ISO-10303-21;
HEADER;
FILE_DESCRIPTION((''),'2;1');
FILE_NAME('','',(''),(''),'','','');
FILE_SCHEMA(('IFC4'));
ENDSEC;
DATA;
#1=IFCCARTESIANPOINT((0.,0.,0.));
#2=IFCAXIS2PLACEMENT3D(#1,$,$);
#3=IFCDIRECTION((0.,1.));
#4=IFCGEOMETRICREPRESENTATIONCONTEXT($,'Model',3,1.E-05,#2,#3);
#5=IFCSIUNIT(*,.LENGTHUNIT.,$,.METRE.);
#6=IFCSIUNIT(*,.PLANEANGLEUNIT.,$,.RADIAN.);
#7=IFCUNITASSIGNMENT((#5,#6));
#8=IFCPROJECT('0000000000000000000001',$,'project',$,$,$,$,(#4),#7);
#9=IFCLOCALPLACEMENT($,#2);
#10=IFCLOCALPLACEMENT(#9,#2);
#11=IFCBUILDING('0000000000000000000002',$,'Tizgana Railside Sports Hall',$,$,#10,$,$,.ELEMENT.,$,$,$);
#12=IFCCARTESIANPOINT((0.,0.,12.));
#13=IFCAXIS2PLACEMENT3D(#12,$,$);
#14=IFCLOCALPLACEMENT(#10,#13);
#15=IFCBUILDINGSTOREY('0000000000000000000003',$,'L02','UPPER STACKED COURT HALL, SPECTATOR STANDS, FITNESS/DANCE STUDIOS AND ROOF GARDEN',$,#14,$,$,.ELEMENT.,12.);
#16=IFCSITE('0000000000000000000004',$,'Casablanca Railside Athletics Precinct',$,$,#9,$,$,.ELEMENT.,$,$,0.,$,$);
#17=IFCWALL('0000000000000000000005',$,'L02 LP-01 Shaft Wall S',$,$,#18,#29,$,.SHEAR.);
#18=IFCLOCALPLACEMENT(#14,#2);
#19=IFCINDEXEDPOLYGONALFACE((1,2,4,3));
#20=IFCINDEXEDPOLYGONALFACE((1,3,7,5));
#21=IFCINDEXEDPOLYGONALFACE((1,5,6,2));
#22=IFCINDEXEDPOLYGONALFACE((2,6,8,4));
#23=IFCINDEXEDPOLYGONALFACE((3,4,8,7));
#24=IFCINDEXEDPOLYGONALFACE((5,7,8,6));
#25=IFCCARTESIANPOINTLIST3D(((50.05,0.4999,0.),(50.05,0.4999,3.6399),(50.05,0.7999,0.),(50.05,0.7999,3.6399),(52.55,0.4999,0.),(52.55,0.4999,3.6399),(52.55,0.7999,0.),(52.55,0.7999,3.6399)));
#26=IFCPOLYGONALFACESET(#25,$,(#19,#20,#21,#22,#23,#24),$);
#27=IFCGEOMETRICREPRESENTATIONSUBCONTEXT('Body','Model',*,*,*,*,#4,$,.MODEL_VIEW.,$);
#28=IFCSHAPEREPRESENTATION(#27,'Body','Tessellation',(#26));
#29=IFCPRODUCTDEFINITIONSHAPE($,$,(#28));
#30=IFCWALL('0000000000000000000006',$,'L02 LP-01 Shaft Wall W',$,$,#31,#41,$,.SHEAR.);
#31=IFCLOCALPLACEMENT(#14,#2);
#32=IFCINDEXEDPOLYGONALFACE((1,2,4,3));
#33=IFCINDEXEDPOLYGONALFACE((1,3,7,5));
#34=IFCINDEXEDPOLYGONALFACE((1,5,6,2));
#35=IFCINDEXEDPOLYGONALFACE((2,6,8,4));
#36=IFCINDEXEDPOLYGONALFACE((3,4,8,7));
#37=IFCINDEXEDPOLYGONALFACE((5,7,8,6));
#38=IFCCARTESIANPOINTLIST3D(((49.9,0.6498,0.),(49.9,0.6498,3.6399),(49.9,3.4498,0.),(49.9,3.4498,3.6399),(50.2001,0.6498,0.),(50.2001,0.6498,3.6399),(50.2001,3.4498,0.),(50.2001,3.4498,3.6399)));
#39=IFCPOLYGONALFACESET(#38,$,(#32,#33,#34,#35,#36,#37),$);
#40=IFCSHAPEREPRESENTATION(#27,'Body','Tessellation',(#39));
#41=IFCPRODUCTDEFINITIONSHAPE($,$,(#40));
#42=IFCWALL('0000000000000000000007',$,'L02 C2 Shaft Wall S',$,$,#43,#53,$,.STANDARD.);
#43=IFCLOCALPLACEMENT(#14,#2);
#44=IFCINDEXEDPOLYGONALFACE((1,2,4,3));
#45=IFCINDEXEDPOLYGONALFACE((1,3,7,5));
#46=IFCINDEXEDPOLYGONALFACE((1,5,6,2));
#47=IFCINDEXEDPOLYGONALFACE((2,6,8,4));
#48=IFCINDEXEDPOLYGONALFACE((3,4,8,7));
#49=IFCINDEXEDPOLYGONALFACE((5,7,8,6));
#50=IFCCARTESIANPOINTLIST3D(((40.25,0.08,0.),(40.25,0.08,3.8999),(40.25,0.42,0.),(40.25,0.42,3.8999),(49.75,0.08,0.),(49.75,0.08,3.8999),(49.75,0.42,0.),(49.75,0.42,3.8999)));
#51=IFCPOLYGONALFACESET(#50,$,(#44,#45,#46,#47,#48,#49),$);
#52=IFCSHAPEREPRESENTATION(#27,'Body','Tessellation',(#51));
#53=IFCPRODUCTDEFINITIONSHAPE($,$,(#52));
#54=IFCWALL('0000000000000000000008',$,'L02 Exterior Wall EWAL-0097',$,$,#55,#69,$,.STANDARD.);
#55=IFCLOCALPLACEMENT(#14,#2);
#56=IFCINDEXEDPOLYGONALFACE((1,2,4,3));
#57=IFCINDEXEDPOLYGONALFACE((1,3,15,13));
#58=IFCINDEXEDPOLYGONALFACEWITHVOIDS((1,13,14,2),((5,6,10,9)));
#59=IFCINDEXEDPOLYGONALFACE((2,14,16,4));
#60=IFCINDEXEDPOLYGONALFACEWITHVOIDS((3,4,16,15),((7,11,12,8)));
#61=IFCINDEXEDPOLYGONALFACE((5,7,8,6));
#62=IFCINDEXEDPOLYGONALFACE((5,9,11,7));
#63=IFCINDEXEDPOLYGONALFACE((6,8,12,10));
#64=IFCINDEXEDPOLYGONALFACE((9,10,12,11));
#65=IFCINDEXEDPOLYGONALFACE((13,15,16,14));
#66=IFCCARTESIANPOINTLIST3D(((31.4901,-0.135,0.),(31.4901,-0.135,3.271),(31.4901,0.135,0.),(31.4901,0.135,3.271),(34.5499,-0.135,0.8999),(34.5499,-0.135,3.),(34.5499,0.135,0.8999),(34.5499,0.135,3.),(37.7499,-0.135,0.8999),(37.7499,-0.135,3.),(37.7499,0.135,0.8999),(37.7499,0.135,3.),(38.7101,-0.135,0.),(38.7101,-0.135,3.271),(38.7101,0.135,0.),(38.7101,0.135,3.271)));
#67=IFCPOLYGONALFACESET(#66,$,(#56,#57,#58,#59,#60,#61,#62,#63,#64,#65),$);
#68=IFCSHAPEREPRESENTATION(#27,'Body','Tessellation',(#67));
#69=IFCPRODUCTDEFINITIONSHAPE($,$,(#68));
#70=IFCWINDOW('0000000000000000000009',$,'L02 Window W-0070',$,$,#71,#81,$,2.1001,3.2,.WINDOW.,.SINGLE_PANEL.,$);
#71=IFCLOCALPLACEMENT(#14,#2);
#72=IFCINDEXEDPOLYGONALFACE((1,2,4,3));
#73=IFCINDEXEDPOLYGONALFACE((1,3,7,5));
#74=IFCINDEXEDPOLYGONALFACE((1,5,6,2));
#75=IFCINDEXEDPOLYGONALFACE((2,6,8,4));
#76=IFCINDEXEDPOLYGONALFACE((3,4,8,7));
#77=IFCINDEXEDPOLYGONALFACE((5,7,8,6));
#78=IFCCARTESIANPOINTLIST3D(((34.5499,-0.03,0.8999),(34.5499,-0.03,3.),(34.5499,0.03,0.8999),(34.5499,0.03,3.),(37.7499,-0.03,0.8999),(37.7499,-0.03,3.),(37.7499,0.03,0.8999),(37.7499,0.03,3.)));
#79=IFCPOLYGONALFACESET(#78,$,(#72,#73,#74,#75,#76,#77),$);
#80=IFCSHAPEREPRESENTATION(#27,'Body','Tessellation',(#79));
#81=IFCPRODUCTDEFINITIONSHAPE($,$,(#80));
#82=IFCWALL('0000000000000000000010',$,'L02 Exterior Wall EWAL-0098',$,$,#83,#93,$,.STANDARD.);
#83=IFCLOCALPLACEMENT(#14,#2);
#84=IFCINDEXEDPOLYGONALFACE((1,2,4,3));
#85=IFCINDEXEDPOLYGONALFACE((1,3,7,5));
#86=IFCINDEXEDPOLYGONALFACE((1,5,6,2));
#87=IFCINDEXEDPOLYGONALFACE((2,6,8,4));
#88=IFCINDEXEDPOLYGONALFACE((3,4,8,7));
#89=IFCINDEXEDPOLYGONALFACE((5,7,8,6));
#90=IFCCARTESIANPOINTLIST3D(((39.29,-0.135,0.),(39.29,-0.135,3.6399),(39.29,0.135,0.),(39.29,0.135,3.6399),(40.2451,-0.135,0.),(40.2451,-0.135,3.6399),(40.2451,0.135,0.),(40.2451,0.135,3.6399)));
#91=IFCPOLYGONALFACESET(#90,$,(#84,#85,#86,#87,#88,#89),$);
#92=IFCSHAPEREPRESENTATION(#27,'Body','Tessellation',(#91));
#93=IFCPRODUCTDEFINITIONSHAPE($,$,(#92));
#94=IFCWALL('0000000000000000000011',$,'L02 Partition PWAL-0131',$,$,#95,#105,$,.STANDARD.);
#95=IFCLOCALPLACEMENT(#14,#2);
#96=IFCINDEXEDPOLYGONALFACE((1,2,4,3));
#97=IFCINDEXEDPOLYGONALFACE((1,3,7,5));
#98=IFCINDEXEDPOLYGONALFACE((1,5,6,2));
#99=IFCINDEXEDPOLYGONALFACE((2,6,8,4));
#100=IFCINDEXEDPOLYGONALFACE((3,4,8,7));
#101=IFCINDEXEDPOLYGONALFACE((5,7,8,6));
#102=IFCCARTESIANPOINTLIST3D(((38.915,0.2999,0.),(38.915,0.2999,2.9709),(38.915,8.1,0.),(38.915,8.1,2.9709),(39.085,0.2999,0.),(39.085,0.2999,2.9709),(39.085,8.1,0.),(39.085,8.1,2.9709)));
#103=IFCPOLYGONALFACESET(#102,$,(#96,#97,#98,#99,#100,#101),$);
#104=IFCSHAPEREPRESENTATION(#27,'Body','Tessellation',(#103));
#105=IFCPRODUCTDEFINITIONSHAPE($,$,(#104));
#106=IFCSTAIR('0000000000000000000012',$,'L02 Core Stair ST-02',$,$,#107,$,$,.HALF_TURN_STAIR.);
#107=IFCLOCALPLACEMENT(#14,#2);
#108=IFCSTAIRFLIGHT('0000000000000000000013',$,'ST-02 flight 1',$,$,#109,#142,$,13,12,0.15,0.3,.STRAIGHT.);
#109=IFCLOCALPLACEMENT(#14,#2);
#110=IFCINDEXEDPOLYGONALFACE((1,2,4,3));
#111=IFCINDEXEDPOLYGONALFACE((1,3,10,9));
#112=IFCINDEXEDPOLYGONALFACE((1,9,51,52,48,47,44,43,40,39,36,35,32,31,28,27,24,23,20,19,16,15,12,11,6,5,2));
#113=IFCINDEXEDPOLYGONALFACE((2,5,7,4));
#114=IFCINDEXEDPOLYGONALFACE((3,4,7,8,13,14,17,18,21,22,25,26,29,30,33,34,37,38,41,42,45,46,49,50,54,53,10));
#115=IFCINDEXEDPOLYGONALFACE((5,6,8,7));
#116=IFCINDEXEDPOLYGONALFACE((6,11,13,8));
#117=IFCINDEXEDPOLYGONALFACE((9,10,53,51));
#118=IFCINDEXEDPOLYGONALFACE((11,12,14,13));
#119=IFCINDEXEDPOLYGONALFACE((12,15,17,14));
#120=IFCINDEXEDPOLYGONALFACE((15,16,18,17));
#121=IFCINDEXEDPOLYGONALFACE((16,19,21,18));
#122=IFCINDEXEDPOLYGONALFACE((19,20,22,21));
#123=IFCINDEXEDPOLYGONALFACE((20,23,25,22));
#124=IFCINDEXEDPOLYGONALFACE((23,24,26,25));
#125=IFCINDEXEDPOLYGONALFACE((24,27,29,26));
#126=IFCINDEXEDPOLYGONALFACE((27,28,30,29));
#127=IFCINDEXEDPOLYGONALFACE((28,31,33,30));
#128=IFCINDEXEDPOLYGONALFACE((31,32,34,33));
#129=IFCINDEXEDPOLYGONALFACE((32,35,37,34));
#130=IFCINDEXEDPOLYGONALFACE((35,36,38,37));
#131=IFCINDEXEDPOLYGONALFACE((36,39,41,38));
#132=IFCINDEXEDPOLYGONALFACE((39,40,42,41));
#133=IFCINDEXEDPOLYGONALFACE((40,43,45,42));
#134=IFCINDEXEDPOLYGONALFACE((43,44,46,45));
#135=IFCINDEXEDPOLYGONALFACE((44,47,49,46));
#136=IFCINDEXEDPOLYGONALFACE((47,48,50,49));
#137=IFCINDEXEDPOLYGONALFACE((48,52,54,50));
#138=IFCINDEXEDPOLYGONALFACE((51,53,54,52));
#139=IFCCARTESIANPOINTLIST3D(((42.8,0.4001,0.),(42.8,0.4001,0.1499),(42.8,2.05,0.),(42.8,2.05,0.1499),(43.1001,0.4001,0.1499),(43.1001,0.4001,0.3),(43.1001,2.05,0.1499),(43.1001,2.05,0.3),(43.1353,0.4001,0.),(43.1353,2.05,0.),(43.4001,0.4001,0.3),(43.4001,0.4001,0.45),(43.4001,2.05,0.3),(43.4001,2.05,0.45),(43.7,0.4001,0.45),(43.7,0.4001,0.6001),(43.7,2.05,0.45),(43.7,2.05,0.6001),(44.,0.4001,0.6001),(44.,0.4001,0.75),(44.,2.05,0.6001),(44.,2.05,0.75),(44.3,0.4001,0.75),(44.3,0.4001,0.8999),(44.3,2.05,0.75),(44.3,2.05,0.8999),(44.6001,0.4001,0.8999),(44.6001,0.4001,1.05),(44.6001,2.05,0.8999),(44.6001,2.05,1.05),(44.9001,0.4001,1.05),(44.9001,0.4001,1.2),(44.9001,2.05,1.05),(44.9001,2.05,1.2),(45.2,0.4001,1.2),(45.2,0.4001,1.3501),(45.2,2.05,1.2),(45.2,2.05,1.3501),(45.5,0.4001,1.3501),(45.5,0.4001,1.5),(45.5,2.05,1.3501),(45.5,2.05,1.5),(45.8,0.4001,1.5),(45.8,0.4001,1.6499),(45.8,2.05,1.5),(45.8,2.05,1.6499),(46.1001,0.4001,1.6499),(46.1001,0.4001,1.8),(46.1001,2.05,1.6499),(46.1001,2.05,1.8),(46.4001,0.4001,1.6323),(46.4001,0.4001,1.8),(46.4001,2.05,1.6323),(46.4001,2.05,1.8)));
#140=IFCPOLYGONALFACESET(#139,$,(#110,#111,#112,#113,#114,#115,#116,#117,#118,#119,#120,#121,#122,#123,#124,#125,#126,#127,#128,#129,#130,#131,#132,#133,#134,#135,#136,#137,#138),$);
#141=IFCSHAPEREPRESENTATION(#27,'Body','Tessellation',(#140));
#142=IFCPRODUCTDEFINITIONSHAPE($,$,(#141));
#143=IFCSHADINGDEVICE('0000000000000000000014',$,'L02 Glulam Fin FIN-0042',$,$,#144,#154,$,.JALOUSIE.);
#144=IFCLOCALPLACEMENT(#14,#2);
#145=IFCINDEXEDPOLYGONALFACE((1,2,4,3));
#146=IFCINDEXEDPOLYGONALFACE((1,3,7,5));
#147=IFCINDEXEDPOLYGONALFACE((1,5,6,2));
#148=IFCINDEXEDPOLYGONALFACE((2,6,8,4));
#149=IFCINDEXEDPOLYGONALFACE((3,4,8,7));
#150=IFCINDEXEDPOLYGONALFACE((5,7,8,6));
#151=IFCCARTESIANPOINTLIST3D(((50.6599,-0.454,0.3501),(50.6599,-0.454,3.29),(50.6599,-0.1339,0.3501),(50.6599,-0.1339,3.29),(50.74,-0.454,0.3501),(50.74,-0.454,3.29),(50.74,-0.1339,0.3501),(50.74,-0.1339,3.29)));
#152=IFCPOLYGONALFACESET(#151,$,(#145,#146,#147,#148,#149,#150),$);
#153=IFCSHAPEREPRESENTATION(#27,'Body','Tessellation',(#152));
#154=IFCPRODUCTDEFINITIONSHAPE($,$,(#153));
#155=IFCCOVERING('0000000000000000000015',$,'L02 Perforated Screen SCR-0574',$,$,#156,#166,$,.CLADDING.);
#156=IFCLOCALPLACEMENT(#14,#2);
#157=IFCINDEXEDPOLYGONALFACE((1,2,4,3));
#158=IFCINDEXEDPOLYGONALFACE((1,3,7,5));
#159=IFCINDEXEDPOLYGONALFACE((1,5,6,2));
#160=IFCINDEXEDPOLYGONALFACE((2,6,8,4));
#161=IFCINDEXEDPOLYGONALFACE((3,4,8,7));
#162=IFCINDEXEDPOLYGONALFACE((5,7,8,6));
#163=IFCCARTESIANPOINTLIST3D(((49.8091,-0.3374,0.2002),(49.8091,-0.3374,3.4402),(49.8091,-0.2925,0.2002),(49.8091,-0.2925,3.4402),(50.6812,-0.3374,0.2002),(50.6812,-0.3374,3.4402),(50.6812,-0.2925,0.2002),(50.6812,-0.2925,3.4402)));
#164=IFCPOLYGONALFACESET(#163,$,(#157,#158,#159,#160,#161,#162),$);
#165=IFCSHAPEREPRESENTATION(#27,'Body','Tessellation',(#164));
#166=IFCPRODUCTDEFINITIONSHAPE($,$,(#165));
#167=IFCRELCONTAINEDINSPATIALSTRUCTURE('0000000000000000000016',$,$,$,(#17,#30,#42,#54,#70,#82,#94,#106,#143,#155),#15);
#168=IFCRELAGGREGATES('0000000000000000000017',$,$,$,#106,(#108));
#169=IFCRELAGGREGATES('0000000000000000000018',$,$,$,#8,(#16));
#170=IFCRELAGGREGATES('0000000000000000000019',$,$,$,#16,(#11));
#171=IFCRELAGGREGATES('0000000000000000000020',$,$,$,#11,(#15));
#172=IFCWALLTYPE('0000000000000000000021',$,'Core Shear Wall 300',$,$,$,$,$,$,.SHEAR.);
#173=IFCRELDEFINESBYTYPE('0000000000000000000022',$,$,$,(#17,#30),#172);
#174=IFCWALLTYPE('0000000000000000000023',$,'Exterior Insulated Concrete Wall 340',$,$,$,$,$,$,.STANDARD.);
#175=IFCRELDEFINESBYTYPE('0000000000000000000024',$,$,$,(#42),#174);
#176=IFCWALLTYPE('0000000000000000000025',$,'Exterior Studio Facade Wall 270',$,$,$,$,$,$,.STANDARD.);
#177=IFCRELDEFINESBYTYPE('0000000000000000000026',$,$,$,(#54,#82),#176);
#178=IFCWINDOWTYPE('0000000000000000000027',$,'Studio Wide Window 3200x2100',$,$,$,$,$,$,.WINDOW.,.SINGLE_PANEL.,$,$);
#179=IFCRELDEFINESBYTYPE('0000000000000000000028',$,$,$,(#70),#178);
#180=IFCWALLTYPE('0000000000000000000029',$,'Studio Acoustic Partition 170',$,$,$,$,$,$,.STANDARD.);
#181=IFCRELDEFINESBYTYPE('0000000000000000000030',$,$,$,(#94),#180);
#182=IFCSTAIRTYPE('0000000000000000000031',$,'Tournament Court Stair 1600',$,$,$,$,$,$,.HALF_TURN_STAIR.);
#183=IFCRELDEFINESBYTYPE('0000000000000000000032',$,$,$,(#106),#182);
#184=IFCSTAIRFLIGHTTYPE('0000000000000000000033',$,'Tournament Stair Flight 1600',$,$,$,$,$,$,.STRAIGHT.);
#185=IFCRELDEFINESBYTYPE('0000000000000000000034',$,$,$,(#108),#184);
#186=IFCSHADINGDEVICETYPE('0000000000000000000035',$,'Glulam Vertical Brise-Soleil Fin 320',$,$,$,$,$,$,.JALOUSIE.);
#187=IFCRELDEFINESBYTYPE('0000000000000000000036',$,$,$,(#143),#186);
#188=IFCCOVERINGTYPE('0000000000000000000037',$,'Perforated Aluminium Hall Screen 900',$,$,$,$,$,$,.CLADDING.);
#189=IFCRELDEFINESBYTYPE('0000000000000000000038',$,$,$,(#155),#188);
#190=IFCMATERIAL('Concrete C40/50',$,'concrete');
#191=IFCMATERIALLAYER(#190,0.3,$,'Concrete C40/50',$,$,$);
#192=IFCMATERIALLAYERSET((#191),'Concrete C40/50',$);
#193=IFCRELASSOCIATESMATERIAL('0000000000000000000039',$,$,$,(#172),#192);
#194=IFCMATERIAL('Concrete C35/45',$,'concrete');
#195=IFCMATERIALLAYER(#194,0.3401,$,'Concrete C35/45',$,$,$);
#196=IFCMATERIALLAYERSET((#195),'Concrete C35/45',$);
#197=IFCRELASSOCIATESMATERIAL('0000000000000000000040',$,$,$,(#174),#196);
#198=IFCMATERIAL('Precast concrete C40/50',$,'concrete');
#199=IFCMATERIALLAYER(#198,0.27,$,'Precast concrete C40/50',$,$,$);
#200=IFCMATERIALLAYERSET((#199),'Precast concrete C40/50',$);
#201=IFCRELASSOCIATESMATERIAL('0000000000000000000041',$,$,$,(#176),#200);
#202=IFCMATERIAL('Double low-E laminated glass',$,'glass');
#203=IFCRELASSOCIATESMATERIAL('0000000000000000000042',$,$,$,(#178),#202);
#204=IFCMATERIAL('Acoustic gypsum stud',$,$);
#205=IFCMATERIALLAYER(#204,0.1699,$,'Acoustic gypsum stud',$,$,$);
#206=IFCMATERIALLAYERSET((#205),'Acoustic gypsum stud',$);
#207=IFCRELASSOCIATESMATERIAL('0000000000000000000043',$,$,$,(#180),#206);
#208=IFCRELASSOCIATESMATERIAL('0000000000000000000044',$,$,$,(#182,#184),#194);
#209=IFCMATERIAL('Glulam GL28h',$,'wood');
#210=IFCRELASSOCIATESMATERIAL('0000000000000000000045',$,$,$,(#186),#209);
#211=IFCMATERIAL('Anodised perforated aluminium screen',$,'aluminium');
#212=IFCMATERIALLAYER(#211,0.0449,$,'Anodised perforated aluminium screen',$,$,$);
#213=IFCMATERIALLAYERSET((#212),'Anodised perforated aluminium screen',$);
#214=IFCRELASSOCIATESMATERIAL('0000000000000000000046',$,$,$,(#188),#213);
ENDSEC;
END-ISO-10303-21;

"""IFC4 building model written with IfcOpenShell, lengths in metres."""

from ifc_helpers import new_model, si_unit, direction, frame, frame_2d, origin, origin_2d, place, context, subcontext, project, spatial, polyline, rectangle, outline, extrude, material, layer, layer_set, type_object, element, fill, aggregate, save


model = new_model("IFC4")

# Units and contexts
model_context = context("Model", 3, precision=1e-05, world=origin(), true_north=direction((0.0, 1.0)))
body_context = subcontext(model_context, "Body", "Model", "MODEL_VIEW")
ifc_project = project(units=[si_unit("LENGTHUNIT", "METRE"), si_unit("PLANEANGLEUNIT", "RADIAN")], contexts=[model_context])

# Site, building, storey
site_placement = place(None, origin())
site = spatial("IfcSite", under=ifc_project, at=site_placement, Name="Casablanca Railside Athletics Precinct", CompositionType="ELEMENT", RefElevation=0.0)
building_placement = place(site_placement, origin())
building = spatial("IfcBuilding", under=site, at=building_placement, Name="Tizgana Railside Sports Hall", CompositionType="ELEMENT")
storey_placement = place(building_placement, frame((0.0, 0.0, 12.0)))
storey = spatial("IfcBuildingStorey", under=building, at=storey_placement, Name="L02", Description="UPPER STACKED COURT HALL, SPECTATOR STANDS, FITNESS/DANCE STUDIOS AND ROOF GARDEN", CompositionType="ELEMENT", Elevation=12.0)

# Shared definitions
ifc_material_1 = material(Name="Concrete C40/50", Category="concrete")

# Shared definitions
ifc_material_2 = material(Name="Concrete C35/45", Category="concrete")

# Shared definitions
ifc_layer_1 = layer(ifc_material_1, 0.3, Name="Concrete C40/50")
ifc_layer_set_1 = layer_set([ifc_layer_1], Name="Concrete C40/50")
wall_type_1 = type_object("IfcWallType", Name="Core Shear Wall 300", PredefinedType="SHEAR", material=ifc_layer_set_1)

# Walls
wall_1_placement = place(storey_placement, frame((50.05, 0.6499, 0.0), z_axis=(0.0, 0.0, 1.0), x_axis=(1.0, 0.0, 0.0)))
element("IfcWall", 1, at=wall_1_placement, inside=storey, type_object=wall_type_1, Name="L02 LP-01 Shaft Wall S", PredefinedType="SHEAR", context=body_context, shape_type="SweptSolid", body=[
    extrude(rectangle(XDim=2.5, YDim=0.3, at=frame_2d((1.25, 0.0))), origin(), (0.0, 0.0, 1.0), 3.6399),
])
wall_2_placement = place(storey_placement, frame((50.05, 0.6499, 0.0), z_axis=(0.0, 0.0, 1.0), x_axis=(0.0, 1.0, 0.0)))
element("IfcWall", 2, at=wall_2_placement, inside=storey, type_object=wall_type_1, Name="L02 LP-01 Shaft Wall W", PredefinedType="SHEAR", context=body_context, shape_type="SweptSolid", body=[
    extrude(rectangle(XDim=2.8, YDim=0.3, at=frame_2d((1.3999, 0.0))), origin(), (0.0, 0.0, 1.0), 3.6399),
])
ifc_layer_2 = layer(ifc_material_2, 0.3401, Name="Concrete C35/45")
ifc_layer_set_2 = layer_set([ifc_layer_2], Name="Concrete C35/45")
wall_type_2 = type_object("IfcWallType", Name="Exterior Insulated Concrete Wall 340", PredefinedType="STANDARD", material=ifc_layer_set_2)
wall_3_placement = place(storey_placement, frame((49.75, 0.25, 0.0), z_axis=(0.0, 0.0, 1.0), x_axis=(-1.0, 0.0, 0.0)))
element("IfcWall", 3, at=wall_3_placement, inside=storey, type_object=wall_type_2, Name="L02 C2 Shaft Wall S", PredefinedType="STANDARD", context=body_context, shape_type="SweptSolid", body=[
    extrude(rectangle(XDim=9.5, YDim=0.3401, at=frame_2d((4.75, 0.0))), origin(), (0.0, 0.0, 1.0), 3.8999),
])

# Wall, opening, window
ifc_material_3 = material(Name="Precast concrete C40/50", Category="concrete")
ifc_layer_3 = layer(ifc_material_3, 0.27, Name="Precast concrete C40/50")
ifc_layer_set_3 = layer_set([ifc_layer_3], Name="Precast concrete C40/50")
wall_type_3 = type_object("IfcWallType", Name="Exterior Studio Facade Wall 270", PredefinedType="STANDARD", material=ifc_layer_set_3)
wall_4_placement = place(storey_placement, frame((38.71, 0.0, 0.0), z_axis=(0.0, 0.0, 1.0), x_axis=(-1.0, 0.0, 0.0)))
wall_4 = element("IfcWall", 4, at=wall_4_placement, inside=storey, type_object=wall_type_3, Name="L02 Exterior Wall EWAL-0097", PredefinedType="STANDARD", context=body_context, shape_type="SweptSolid", body=[
    extrude(rectangle(XDim=7.22, YDim=0.27, at=frame_2d((3.6099, 0.0))), origin(), (0.0, 0.0, 1.0), 3.271),
])
opening_1_placement = place(wall_4_placement, frame((0.96, 0.0, 0.8999)))
opening_1 = element("IfcOpeningElement", 5, at=opening_1_placement, cuts=wall_4, PredefinedType="OPENING", context=body_context, shape_type="SweptSolid", body=[
    extrude(rectangle(XDim=3.2, YDim=2.1001, at=frame_2d((1.6001, 1.05))), frame((0.0, 0.145, 0.0), z_axis=(0.0, -1.0, 0.0), x_axis=(1.0, 0.0, 0.0)), (0.0, 0.0, 1.0), 0.29),
])
ifc_material_4 = material(Name="Double low-E laminated glass", Category="glass")
window_type = type_object("IfcWindowType", Name="Studio Wide Window 3200x2100", PartitioningType="SINGLE_PANEL", PredefinedType="WINDOW", material=ifc_material_4)
window_placement = place(opening_1_placement, origin())
window = element("IfcWindow", 6, at=window_placement, inside=storey, type_object=window_type, Name="L02 Window W-0070", OverallHeight=2.1001, OverallWidth=3.2, PartitioningType="SINGLE_PANEL", PredefinedType="WINDOW", context=body_context, shape_type="SweptSolid", body=[
    extrude(rectangle(XDim=3.2, YDim=2.1001, at=frame_2d((1.6001, 1.05))), frame((0.0, 0.03, 0.0), z_axis=(0.0, -1.0, 0.0), x_axis=(1.0, 0.0, 0.0)), (0.0, 0.0, 1.0), 0.0601),
])
fill(opening_1, window)

# Walls
wall_5_placement = place(storey_placement, frame((40.2451, 0.0, 0.0), z_axis=(0.0, 0.0, 1.0), x_axis=(-1.0, 0.0, 0.0)))
element("IfcWall", 7, at=wall_5_placement, inside=storey, type_object=wall_type_3, Name="L02 Exterior Wall EWAL-0098", PredefinedType="STANDARD", context=body_context, shape_type="SweptSolid", body=[
    extrude(rectangle(XDim=0.9551, YDim=0.27, at=frame_2d((0.4775, 0.0))), origin(), (0.0, 0.0, 1.0), 3.6399),
])
ifc_material_5 = material(Name="Acoustic gypsum stud")
ifc_layer_4 = layer(ifc_material_5, 0.1699, Name="Acoustic gypsum stud")
ifc_layer_set_4 = layer_set([ifc_layer_4], Name="Acoustic gypsum stud")
wall_type_4 = type_object("IfcWallType", Name="Studio Acoustic Partition 170", PredefinedType="STANDARD", material=ifc_layer_set_4)
wall_6_placement = place(storey_placement, frame((39.0, 0.3, 0.0), z_axis=(0.0, 0.0, 1.0), x_axis=(0.0, 1.0, 0.0)))
element("IfcWall", 8, at=wall_6_placement, inside=storey, type_object=wall_type_4, Name="L02 Partition PWAL-0131", PredefinedType="STANDARD", context=body_context, shape_type="SweptSolid", body=[
    extrude(rectangle(XDim=7.8, YDim=0.1699, at=frame_2d((3.8999, 0.0))), origin(), (0.0, 0.0, 1.0), 2.9709),
])

# Stair, stair flight
stair_type = type_object("IfcStairType", Name="Tournament Court Stair 1600", PredefinedType="HALF_TURN_STAIR", material=ifc_material_2)
stair_placement = place(storey_placement, origin())
stair = element("IfcStair", 9, at=stair_placement, inside=storey, type_object=stair_type, Name="L02 Core Stair ST-02", PredefinedType="HALF_TURN_STAIR")
stair_flight_type = type_object("IfcStairFlightType", Name="Tournament Stair Flight 1600", PredefinedType="STRAIGHT", material=ifc_material_2)
stair_flight_placement = place(storey_placement, frame((42.8, 1.2251, 0.0), z_axis=(0.0, 0.0, 1.0), x_axis=(1.0, 0.0, 0.0)))
stair_flight = element("IfcStairFlight", 10, at=stair_flight_placement, type_object=stair_flight_type, Name="ST-02 flight 1", NumberOfRisers=13, NumberOfTreads=12, PredefinedType="STRAIGHT", RiserHeight=0.15, TreadLength=0.3, context=body_context, shape_type="SweptSolid", body=[
    extrude(outline(polyline([(0.0, 0.0), (0.0, 0.1499), (0.3, 0.1499), (0.3, 0.3), (0.6001, 0.3), (0.6001, 0.45), (0.8999, 0.45), (0.8999, 0.6001), (1.2, 0.6001), (1.2, 0.75), (1.5, 0.75), (1.5, 0.8999), (1.8, 0.8999), (1.8, 1.05), (2.1001, 1.05), (2.1001, 1.2), (2.3999, 1.2), (2.3999, 1.3501), (2.7, 1.3501), (2.7, 1.5), (3.0, 1.5), (3.0, 1.6499), (3.3, 1.6499), (3.3, 1.8), (3.6001, 1.8), (3.6001, 1.95), (3.6001, 1.6323), (0.3352, 0.0), (0.0, 0.0)])), frame((0.0, 0.825, 0.0), z_axis=(0.0, -1.0, 0.0), x_axis=(1.0, 0.0, 0.0)), (0.0, 0.0, 1.0), 1.6499),
])
aggregate(stair, [stair_flight])

# Shading device
ifc_material_6 = material(Name="Glulam GL28h", Category="wood")
shading_device_type = type_object("IfcShadingDeviceType", Name="Glulam Vertical Brise-Soleil Fin 320", PredefinedType="JALOUSIE", material=ifc_material_6)
shading_device_placement = place(storey_placement, frame((50.7, -0.2939, 0.3501), z_axis=(0.0, 0.0, 1.0), x_axis=(-1.0, 0.0, 0.0)))
element("IfcShadingDevice", 11, at=shading_device_placement, inside=storey, type_object=shading_device_type, Name="L02 Glulam Fin FIN-0042", PredefinedType="JALOUSIE", context=body_context, shape_type="SweptSolid", body=[
    extrude(rectangle(XDim=0.0801, YDim=0.3201, at=origin_2d()), origin(), (0.0, 0.0, 1.0), 2.9399),
])

# Covering
ifc_material_7 = material(Name="Anodised perforated aluminium screen", Category="aluminium")
ifc_layer_5 = layer(ifc_material_7, 0.0449, Name="Anodised perforated aluminium screen")
ifc_layer_set_5 = layer_set([ifc_layer_5], Name="Anodised perforated aluminium screen")
covering_type = type_object("IfcCoveringType", Name="Perforated Aluminium Hall Screen 900", PredefinedType="CLADDING", material=ifc_layer_set_5)
covering_placement = place(storey_placement, frame((50.2451, -0.3149, 0.2002), z_axis=(0.0, 0.0, 1.0), x_axis=(-1.0, 0.0, 0.0)))
element("IfcCovering", 12, at=covering_placement, inside=storey, type_object=covering_type, Name="L02 Perforated Screen SCR-0574", PredefinedType="CLADDING", context=body_context, shape_type="SweptSolid", body=[
    extrude(rectangle(XDim=0.8721, YDim=0.0449, at=origin_2d()), origin(), (0.0, 0.0, 1.0), 3.24),
])

save(model, "model.ifc")
